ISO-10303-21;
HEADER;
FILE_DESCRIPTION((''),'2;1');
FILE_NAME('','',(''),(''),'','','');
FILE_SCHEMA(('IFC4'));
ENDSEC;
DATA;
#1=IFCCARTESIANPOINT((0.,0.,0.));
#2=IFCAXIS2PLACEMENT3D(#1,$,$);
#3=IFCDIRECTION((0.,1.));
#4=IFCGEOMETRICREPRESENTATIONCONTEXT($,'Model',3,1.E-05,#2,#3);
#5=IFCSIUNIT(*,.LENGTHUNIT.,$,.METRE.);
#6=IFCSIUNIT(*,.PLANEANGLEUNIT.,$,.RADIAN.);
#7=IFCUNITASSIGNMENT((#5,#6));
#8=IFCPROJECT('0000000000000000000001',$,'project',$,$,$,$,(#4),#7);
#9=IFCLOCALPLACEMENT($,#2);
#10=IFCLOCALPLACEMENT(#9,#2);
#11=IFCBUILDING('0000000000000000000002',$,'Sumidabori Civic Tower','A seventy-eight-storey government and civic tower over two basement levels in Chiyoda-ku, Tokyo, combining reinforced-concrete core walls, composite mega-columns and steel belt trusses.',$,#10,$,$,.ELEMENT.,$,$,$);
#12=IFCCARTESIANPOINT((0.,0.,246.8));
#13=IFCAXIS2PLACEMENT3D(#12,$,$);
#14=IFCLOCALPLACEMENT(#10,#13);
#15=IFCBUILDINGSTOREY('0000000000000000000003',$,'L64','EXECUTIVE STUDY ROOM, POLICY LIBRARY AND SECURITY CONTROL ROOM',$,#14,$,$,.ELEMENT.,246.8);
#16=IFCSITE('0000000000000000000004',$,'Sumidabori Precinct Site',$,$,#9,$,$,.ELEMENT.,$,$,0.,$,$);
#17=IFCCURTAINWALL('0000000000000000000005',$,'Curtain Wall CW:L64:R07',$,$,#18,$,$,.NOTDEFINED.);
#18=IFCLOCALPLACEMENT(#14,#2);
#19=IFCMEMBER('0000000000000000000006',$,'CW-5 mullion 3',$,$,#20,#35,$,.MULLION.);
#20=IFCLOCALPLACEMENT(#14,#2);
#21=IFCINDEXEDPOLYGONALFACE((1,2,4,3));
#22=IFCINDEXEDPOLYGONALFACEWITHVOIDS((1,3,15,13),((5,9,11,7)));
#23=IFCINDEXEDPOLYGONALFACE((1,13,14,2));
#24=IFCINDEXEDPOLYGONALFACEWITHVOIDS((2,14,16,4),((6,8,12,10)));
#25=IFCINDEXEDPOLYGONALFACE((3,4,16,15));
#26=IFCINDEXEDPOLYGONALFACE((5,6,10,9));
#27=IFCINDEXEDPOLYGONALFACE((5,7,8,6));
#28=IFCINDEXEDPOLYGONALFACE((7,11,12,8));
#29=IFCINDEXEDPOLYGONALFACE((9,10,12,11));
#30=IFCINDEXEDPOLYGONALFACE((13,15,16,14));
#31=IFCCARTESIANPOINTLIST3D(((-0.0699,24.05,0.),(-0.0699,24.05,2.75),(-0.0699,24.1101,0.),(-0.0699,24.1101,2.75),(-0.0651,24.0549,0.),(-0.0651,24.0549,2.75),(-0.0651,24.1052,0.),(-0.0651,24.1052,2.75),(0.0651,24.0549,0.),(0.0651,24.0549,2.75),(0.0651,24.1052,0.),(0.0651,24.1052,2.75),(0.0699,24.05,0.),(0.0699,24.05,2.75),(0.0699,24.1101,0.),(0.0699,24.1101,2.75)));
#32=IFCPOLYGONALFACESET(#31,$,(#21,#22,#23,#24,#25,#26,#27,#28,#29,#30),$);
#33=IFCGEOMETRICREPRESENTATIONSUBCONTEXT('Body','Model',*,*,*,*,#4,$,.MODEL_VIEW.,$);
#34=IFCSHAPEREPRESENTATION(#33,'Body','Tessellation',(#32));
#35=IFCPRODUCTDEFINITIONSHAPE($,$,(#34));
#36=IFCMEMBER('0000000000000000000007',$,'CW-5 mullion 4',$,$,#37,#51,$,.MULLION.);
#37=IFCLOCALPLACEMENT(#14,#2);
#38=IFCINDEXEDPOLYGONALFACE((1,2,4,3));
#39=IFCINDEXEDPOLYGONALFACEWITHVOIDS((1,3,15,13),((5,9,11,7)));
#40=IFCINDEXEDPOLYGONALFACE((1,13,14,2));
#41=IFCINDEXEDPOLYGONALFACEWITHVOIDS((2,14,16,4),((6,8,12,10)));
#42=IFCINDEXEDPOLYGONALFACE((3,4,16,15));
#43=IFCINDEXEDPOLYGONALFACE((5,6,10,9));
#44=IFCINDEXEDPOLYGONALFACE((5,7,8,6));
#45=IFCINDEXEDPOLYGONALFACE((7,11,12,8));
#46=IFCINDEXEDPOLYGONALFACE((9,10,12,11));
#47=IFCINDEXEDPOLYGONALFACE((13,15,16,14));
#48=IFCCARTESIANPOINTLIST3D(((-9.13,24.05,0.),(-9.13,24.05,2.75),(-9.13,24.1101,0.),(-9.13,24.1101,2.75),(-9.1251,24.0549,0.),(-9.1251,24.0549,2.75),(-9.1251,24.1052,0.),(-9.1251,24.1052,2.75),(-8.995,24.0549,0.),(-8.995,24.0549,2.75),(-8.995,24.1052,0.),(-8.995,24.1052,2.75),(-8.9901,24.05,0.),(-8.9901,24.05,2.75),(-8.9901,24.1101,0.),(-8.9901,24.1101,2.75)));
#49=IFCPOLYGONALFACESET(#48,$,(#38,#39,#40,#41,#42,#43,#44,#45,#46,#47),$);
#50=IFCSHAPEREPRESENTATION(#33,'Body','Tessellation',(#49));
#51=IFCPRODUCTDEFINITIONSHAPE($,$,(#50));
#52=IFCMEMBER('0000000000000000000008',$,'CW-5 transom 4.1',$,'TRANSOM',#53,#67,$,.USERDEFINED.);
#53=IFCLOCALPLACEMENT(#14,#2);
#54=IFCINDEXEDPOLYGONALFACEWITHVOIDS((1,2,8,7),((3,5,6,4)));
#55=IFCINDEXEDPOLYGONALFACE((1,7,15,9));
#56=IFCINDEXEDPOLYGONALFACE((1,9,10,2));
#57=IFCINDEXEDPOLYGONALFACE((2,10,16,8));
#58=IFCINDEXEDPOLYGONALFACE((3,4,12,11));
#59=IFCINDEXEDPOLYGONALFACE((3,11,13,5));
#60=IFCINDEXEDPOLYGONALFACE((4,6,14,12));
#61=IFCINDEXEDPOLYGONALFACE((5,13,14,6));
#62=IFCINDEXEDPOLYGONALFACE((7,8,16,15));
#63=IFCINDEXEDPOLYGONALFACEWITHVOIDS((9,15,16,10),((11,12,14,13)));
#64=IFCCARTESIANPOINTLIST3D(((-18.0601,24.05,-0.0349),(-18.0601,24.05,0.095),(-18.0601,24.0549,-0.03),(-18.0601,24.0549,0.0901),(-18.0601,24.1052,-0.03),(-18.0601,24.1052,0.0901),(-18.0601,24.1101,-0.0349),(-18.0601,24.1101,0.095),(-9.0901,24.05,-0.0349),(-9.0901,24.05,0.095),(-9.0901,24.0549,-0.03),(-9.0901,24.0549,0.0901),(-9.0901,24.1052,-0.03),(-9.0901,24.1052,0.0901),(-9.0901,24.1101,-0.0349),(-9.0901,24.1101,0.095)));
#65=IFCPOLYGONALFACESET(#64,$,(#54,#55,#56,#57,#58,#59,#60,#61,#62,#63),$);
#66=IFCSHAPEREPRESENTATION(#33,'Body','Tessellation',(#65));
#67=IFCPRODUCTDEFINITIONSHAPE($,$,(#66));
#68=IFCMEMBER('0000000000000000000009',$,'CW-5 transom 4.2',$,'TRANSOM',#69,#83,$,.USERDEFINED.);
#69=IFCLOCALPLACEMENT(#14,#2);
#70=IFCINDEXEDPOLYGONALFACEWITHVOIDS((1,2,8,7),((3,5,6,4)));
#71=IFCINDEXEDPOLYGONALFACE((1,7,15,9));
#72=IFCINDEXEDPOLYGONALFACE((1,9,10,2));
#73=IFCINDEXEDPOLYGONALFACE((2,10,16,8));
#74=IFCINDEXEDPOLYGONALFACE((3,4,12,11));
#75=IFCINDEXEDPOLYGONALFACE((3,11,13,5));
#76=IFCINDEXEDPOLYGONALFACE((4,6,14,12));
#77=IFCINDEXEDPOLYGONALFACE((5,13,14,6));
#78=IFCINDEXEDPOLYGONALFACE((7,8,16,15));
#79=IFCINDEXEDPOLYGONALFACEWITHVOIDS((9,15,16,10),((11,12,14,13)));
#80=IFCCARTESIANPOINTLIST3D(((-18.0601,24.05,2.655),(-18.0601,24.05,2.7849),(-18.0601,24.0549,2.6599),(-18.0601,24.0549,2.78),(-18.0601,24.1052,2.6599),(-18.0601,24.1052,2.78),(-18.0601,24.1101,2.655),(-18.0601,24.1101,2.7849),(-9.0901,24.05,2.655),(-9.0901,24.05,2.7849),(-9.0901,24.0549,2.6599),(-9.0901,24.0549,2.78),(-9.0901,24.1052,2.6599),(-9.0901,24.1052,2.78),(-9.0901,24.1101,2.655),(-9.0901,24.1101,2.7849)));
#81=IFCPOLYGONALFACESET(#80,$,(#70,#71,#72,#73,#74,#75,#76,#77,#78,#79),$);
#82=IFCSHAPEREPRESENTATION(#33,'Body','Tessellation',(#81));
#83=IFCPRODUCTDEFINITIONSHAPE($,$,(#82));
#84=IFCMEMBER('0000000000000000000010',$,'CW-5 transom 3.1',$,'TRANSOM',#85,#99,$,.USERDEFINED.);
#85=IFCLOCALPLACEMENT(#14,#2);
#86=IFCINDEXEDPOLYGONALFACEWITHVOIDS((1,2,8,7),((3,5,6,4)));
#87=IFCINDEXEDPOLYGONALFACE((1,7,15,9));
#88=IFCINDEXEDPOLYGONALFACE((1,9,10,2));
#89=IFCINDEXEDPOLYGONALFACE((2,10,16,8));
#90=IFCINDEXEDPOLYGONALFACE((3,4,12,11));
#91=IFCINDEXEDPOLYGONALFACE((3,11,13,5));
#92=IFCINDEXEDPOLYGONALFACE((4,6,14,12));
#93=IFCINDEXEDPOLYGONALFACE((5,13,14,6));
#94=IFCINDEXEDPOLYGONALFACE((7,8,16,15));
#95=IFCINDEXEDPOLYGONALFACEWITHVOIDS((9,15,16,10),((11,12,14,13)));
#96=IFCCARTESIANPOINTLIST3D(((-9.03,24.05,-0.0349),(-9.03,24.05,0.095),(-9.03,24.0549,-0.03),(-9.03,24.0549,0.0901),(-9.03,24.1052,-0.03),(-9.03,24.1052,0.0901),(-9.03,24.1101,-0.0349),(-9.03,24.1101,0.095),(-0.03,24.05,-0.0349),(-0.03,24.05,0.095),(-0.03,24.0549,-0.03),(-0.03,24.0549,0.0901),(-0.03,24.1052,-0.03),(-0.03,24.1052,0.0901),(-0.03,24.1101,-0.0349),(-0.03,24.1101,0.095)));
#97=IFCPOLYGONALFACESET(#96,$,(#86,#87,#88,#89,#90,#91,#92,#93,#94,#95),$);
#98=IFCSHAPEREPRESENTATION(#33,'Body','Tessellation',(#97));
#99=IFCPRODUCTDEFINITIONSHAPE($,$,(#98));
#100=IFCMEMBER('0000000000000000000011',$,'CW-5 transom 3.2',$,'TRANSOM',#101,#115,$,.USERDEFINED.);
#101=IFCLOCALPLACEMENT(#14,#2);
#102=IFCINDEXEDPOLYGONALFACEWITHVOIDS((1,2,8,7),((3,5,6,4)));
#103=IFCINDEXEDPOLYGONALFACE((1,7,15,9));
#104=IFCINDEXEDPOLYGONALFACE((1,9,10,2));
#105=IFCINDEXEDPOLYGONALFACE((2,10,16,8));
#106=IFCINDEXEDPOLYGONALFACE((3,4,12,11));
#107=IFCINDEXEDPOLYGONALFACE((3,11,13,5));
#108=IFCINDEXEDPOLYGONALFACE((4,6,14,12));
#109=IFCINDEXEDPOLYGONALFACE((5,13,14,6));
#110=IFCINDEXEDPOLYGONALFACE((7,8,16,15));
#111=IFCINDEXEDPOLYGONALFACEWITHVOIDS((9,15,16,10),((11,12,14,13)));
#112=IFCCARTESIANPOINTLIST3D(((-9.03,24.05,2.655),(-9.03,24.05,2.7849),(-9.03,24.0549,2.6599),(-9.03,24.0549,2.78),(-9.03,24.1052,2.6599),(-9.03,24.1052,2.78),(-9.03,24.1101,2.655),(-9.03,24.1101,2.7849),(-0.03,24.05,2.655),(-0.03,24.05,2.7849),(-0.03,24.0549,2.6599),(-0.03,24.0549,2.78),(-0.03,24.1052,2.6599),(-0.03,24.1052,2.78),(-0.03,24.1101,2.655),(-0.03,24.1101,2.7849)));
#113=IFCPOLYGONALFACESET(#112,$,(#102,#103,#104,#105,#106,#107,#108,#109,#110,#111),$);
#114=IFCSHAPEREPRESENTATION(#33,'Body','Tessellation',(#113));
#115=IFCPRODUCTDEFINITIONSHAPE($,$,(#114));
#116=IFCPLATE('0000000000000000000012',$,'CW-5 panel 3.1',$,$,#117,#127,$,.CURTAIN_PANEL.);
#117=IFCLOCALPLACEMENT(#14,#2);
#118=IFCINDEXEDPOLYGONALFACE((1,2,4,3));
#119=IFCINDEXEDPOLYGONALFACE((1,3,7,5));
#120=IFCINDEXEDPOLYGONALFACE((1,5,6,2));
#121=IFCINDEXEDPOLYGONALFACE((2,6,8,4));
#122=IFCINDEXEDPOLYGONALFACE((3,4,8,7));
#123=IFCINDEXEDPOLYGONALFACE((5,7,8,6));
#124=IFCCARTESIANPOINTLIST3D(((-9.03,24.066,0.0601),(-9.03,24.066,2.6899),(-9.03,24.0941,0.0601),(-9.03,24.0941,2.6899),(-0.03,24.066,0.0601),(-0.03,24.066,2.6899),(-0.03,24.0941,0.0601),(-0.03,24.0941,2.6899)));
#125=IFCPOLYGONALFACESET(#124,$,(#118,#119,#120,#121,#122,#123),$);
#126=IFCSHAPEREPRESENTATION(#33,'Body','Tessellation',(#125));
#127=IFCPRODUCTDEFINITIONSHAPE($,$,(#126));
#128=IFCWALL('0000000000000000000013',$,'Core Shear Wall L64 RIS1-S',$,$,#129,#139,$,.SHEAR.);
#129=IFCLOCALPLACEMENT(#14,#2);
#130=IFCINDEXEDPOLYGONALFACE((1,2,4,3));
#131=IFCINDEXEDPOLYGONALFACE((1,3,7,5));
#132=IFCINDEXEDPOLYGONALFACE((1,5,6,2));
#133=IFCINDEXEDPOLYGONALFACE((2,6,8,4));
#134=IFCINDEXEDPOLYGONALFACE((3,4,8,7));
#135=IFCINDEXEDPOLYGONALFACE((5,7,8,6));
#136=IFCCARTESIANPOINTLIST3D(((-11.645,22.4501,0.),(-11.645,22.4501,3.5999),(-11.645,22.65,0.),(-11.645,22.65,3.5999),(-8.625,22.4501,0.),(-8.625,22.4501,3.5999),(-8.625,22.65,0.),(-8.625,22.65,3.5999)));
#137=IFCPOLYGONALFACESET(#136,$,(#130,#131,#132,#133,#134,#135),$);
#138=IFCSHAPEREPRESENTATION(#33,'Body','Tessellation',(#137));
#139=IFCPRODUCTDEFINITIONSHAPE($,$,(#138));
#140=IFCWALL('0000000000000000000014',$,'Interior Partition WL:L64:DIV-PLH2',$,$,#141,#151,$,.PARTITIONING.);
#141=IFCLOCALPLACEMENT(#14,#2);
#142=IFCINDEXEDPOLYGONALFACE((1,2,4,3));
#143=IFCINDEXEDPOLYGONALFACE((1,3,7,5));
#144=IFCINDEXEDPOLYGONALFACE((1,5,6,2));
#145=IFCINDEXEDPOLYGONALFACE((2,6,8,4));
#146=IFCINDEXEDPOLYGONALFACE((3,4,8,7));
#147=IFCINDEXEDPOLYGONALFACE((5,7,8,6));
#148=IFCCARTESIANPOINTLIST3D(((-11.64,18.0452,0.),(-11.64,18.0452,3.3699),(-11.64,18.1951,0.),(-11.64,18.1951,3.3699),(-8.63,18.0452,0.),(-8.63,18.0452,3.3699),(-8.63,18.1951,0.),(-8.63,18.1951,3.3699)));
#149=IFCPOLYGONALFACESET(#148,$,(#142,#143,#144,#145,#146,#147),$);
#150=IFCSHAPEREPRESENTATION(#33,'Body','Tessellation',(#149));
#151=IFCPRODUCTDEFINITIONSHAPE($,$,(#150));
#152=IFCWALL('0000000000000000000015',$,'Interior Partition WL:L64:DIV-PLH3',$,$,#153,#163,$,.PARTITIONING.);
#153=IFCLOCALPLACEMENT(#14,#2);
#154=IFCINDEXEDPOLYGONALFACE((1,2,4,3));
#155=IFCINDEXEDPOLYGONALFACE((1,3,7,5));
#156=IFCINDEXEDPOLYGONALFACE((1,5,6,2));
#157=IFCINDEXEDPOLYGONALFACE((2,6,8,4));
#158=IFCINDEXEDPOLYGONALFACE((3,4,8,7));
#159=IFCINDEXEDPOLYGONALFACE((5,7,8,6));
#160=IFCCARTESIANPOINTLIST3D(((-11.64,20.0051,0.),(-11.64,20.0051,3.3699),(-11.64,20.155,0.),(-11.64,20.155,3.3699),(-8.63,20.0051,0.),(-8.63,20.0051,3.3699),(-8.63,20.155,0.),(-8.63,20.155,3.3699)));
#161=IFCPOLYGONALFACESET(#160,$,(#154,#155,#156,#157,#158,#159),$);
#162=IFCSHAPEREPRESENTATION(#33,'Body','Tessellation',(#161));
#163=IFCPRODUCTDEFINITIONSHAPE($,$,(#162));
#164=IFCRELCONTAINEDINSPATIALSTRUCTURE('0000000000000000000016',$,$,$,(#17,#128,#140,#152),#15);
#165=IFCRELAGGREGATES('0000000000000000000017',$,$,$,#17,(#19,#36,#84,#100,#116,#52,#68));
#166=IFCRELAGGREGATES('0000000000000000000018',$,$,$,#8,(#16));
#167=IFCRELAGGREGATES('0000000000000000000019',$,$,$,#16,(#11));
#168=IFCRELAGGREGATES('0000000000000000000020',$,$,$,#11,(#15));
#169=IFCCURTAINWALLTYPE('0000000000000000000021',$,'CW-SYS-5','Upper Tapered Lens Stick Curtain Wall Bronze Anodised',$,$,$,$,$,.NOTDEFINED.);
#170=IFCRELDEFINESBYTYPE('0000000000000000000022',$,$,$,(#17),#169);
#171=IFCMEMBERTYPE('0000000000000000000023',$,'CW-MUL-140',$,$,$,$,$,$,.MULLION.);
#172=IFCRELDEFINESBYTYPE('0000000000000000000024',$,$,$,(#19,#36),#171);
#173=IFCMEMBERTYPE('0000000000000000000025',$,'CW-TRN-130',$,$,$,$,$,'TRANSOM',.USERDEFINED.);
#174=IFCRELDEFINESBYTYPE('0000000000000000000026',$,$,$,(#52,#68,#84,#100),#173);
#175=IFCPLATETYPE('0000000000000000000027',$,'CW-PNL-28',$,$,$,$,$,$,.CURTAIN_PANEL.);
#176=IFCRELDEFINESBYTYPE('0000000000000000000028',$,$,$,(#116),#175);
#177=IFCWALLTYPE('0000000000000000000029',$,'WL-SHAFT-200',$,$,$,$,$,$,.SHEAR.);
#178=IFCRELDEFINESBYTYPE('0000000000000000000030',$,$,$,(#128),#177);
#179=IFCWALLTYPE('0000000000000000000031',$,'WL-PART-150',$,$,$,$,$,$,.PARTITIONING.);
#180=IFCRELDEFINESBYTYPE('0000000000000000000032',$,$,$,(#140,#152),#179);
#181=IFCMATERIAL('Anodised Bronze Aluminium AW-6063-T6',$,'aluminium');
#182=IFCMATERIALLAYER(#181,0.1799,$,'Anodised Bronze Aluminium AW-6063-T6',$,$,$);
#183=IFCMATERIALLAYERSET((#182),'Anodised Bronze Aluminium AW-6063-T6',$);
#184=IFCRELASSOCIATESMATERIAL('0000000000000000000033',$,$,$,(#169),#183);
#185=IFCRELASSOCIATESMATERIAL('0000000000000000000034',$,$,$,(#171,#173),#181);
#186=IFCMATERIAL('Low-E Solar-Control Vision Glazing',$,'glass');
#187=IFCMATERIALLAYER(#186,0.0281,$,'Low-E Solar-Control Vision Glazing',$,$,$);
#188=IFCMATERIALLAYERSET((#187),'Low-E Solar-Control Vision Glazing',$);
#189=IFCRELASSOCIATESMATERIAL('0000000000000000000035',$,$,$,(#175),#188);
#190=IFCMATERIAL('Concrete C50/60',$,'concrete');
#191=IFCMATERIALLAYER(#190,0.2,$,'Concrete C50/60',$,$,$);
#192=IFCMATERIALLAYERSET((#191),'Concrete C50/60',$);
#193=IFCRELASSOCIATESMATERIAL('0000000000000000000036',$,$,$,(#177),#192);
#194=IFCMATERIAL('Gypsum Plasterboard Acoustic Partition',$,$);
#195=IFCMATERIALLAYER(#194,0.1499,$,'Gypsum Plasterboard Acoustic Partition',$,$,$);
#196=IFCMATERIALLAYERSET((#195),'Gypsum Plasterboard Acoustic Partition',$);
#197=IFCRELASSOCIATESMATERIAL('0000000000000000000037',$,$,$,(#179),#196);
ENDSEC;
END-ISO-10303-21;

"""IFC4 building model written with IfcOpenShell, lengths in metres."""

from ifc_helpers import new_model, si_unit, direction, frame, frame_2d, origin, origin_2d, place, context, subcontext, project, spatial, rectangle, hollow_rectangle, extrude, source, transform, mapped, material, layer, layer_set, material_profile, profile_set, type_object, element, aggregate, save


model = new_model("IFC4")

# Units and contexts
model_context = context("Model", 3, precision=1e-05, world=origin(), true_north=direction((0.0, 1.0)))
body_context = subcontext(model_context, "Body", "Model", "MODEL_VIEW")
ifc_project = project(units=[si_unit("LENGTHUNIT", "METRE"), si_unit("PLANEANGLEUNIT", "RADIAN")], contexts=[model_context])

# Site, building, storey
site_placement = place(None, origin())
site = spatial("IfcSite", under=ifc_project, at=site_placement, Name="Sumidabori Precinct Site", CompositionType="ELEMENT", RefElevation=0.0)
building_placement = place(site_placement, origin())
building = spatial("IfcBuilding", under=site, at=building_placement, Name="Sumidabori Civic Tower", Description="A seventy-eight-storey government and civic tower over two basement levels in Chiyoda-ku, Tokyo, combining reinforced-concrete core walls, composite mega-columns and steel belt trusses.", CompositionType="ELEMENT")
storey_placement = place(building_placement, frame((0.0, 0.0, 246.8)))
storey = spatial("IfcBuildingStorey", under=building, at=storey_placement, Name="L64", Description="EXECUTIVE STUDY ROOM, POLICY LIBRARY AND SECURITY CONTROL ROOM", CompositionType="ELEMENT", Elevation=246.8)

# Curtain wall, members, plate
ifc_material_1 = material(Name="Anodised Bronze Aluminium AW-6063-T6", Category="aluminium")
ifc_layer_1 = layer(ifc_material_1, 0.1799, Name="Anodised Bronze Aluminium AW-6063-T6")
ifc_layer_set_1 = layer_set([ifc_layer_1], Name="Anodised Bronze Aluminium AW-6063-T6")
curtain_wall_type = type_object("IfcCurtainWallType", Name="CW-SYS-5", Description="Upper Tapered Lens Stick Curtain Wall Bronze Anodised", PredefinedType="NOTDEFINED", material=ifc_layer_set_1)
curtain_wall_placement = place(storey_placement, origin())
curtain_wall = element("IfcCurtainWall", 1, at=curtain_wall_placement, inside=storey, type_object=curtain_wall_type, Name="Curtain Wall CW:L64:R07", PredefinedType="NOTDEFINED")
ifc_material_profile_1 = material_profile(ifc_material_1, hollow_rectangle(XDim=0.0601, YDim=0.1399, WallThickness=0.0049, at=origin_2d()), Name="ALU MULLION 140x60")
ifc_profile_set_1 = profile_set([ifc_material_profile_1], Name="Anodised Bronze Aluminium AW-6063-T6")
member_type_1 = type_object("IfcMemberType", Name="CW-MUL-140", PredefinedType="MULLION", material=ifc_profile_set_1)
shared_shape_1 = source(origin(), body_context, "Body", "SweptSolid", [
    extrude(hollow_rectangle(XDim=0.0601, YDim=0.1399, WallThickness=0.0049, at=origin_2d()), origin(), (0.0, 0.0, 1.0), 2.75),
])
member_1_placement = place(storey_placement, frame((0.0, 24.0801, 0.0), z_axis=(0.0, 0.0, 1.0), x_axis=(0.0, -1.0, 0.0)))
member_1 = element("IfcMember", 2, at=member_1_placement, type_object=member_type_1, Name="CW-5 mullion 3", PredefinedType="MULLION", context=body_context, shape_type="MappedRepresentation", body=[
    mapped(shared_shape_1, transform((0.0, 0.0, 0.0), x_axis=(1.0, 0.0, 0.0), y_axis=(0.0, 1.0, 0.0), z_axis=(0.0, 0.0, 1.0), scale=1.0)),
])
member_2_placement = place(storey_placement, frame((-9.0601, 24.0801, 0.0), z_axis=(0.0, 0.0, 1.0), x_axis=(0.0, -1.0, 0.0)))
member_2 = element("IfcMember", 3, at=member_2_placement, type_object=member_type_1, Name="CW-5 mullion 4", PredefinedType="MULLION", context=body_context, shape_type="MappedRepresentation", body=[
    mapped(shared_shape_1, transform((0.0, 0.0, 0.0), x_axis=(1.0, 0.0, 0.0), y_axis=(0.0, 1.0, 0.0), z_axis=(0.0, 0.0, 1.0), scale=1.0)),
])
ifc_material_profile_2 = material_profile(ifc_material_1, hollow_rectangle(XDim=0.0601, YDim=0.1299, WallThickness=0.0049, at=origin_2d()), Name="ALU TRANSOM 130x60")
ifc_profile_set_2 = profile_set([ifc_material_profile_2], Name="Anodised Bronze Aluminium AW-6063-T6")
member_type_2 = type_object("IfcMemberType", Name="CW-TRN-130", ElementType="TRANSOM", PredefinedType="USERDEFINED", material=ifc_profile_set_2)
shared_shape_2 = source(origin(), body_context, "Body", "SweptSolid", [
    extrude(hollow_rectangle(XDim=0.0601, YDim=0.1299, WallThickness=0.0049, at=origin_2d()), origin(), (0.0, 0.0, 1.0), 8.97),
])
member_3_placement = place(storey_placement, frame((-9.0901, 24.0801, 0.03), z_axis=(-1.0, 0.0, 0.0), x_axis=(0.0, -1.0, 0.0)))
member_3 = element("IfcMember", 4, at=member_3_placement, type_object=member_type_2, Name="CW-5 transom 4.1", ObjectType="TRANSOM", PredefinedType="USERDEFINED", context=body_context, shape_type="MappedRepresentation", body=[
    mapped(shared_shape_2, transform((0.0, 0.0, 0.0), x_axis=(1.0, 0.0, 0.0), y_axis=(0.0, 1.0, 0.0), z_axis=(0.0, 0.0, 1.0), scale=1.0)),
])
member_4_placement = place(storey_placement, frame((-9.0901, 24.0801, 2.72), z_axis=(-1.0, 0.0, 0.0), x_axis=(0.0, -1.0, 0.0)))
member_4 = element("IfcMember", 5, at=member_4_placement, type_object=member_type_2, Name="CW-5 transom 4.2", ObjectType="TRANSOM", PredefinedType="USERDEFINED", context=body_context, shape_type="MappedRepresentation", body=[
    mapped(shared_shape_2, transform((0.0, 0.0, 0.0), x_axis=(1.0, 0.0, 0.0), y_axis=(0.0, 1.0, 0.0), z_axis=(0.0, 0.0, 1.0), scale=1.0)),
])
shared_shape_3 = source(origin(), body_context, "Body", "SweptSolid", [
    extrude(hollow_rectangle(XDim=0.0601, YDim=0.1299, WallThickness=0.0049, at=origin_2d()), origin(), (0.0, 0.0, 1.0), 9.0),
])
member_5_placement = place(storey_placement, frame((-0.03, 24.0801, 0.03), z_axis=(-1.0, 0.0, 0.0), x_axis=(0.0, -1.0, 0.0)))
member_5 = element("IfcMember", 6, at=member_5_placement, type_object=member_type_2, Name="CW-5 transom 3.1", ObjectType="TRANSOM", PredefinedType="USERDEFINED", context=body_context, shape_type="MappedRepresentation", body=[
    mapped(shared_shape_3, transform((0.0, 0.0, 0.0), x_axis=(1.0, 0.0, 0.0), y_axis=(0.0, 1.0, 0.0), z_axis=(0.0, 0.0, 1.0), scale=1.0)),
])
member_6_placement = place(storey_placement, frame((-0.03, 24.0801, 2.72), z_axis=(-1.0, 0.0, 0.0), x_axis=(0.0, -1.0, 0.0)))
member_6 = element("IfcMember", 7, at=member_6_placement, type_object=member_type_2, Name="CW-5 transom 3.2", ObjectType="TRANSOM", PredefinedType="USERDEFINED", context=body_context, shape_type="MappedRepresentation", body=[
    mapped(shared_shape_3, transform((0.0, 0.0, 0.0), x_axis=(1.0, 0.0, 0.0), y_axis=(0.0, 1.0, 0.0), z_axis=(0.0, 0.0, 1.0), scale=1.0)),
])
ifc_material_2 = material(Name="Low-E Solar-Control Vision Glazing", Category="glass")
ifc_layer_2 = layer(ifc_material_2, 0.0281, Name="Low-E Solar-Control Vision Glazing")
ifc_layer_set_2 = layer_set([ifc_layer_2], Name="Low-E Solar-Control Vision Glazing")
plate_type = type_object("IfcPlateType", Name="CW-PNL-28", PredefinedType="CURTAIN_PANEL", material=ifc_layer_set_2)
shared_shape_4 = source(origin(), body_context, "Body", "SweptSolid", [
    extrude(rectangle(XDim=9.0, YDim=0.0281, at=origin_2d()), origin(), (0.0, 0.0, 1.0), 2.6299),
])
plate_placement = place(storey_placement, frame((-4.53, 24.0801, 0.0601), z_axis=(0.0, 0.0, 1.0), x_axis=(-1.0, 0.0, 0.0)))
plate = element("IfcPlate", 8, at=plate_placement, type_object=plate_type, Name="CW-5 panel 3.1", PredefinedType="CURTAIN_PANEL", context=body_context, shape_type="MappedRepresentation", body=[
    mapped(shared_shape_4, transform((0.0, 0.0, 0.0), x_axis=(1.0, 0.0, 0.0), y_axis=(0.0, 1.0, 0.0), z_axis=(0.0, 0.0, 1.0), scale=1.0)),
])
aggregate(curtain_wall, [member_1, member_2, member_5, member_6, plate, member_3, member_4])

# Walls
ifc_material_3 = material(Name="Concrete C50/60", Category="concrete")
ifc_layer_3 = layer(ifc_material_3, 0.2, Name="Concrete C50/60")
ifc_layer_set_3 = layer_set([ifc_layer_3], Name="Concrete C50/60")
wall_type_1 = type_object("IfcWallType", Name="WL-SHAFT-200", PredefinedType="SHEAR", material=ifc_layer_set_3)
shared_shape_5 = source(origin(), body_context, "Body", "SweptSolid", [
    extrude(rectangle(XDim=3.02, YDim=0.2, at=frame_2d((1.51, 0.0))), origin(), (0.0, 0.0, 1.0), 3.5999),
])
wall_1_placement = place(storey_placement, frame((-11.645, 22.55, 0.0), z_axis=(0.0, 0.0, 1.0), x_axis=(1.0, 0.0, 0.0)))
element("IfcWall", 9, at=wall_1_placement, inside=storey, type_object=wall_type_1, Name="Core Shear Wall L64 RIS1-S", PredefinedType="SHEAR", context=body_context, shape_type="MappedRepresentation", body=[
    mapped(shared_shape_5, transform((0.0, 0.0, 0.0), x_axis=(1.0, 0.0, 0.0), y_axis=(0.0, 1.0, 0.0), z_axis=(0.0, 0.0, 1.0), scale=1.0)),
])
ifc_material_4 = material(Name="Gypsum Plasterboard Acoustic Partition")
ifc_layer_4 = layer(ifc_material_4, 0.1499, Name="Gypsum Plasterboard Acoustic Partition")
ifc_layer_set_4 = layer_set([ifc_layer_4], Name="Gypsum Plasterboard Acoustic Partition")
wall_type_2 = type_object("IfcWallType", Name="WL-PART-150", PredefinedType="PARTITIONING", material=ifc_layer_set_4)
shared_shape_6 = source(origin(), body_context, "Body", "SweptSolid", [
    extrude(rectangle(XDim=3.01, YDim=0.1499, at=frame_2d((1.5049, 0.0))), origin(), (0.0, 0.0, 1.0), 3.3699),
])
for number, where, z_axis, x_axis, name in (
    (10, (-11.6399, 18.1201, 0.0), (0.0, 0.0, 1.0), (1.0, 0.0, 0.0), "Interior Partition WL:L64:DIV-PLH2"),
    (11, (-11.6399, 20.0801, 0.0), (0.0, 0.0, 1.0), (1.0, 0.0, 0.0), "Interior Partition WL:L64:DIV-PLH3"),
):
    element("IfcWall", number, at=place(storey_placement, frame(where, z_axis=z_axis, x_axis=x_axis)), inside=storey, type_object=wall_type_2, Name=name, PredefinedType="PARTITIONING", context=body_context, shape_type="MappedRepresentation", body=[
        mapped(shared_shape_6, transform((0.0, 0.0, 0.0), x_axis=(1.0, 0.0, 0.0), y_axis=(0.0, 1.0, 0.0), z_axis=(0.0, 0.0, 1.0), scale=1.0)),
    ])

save(model, "model.ifc")
